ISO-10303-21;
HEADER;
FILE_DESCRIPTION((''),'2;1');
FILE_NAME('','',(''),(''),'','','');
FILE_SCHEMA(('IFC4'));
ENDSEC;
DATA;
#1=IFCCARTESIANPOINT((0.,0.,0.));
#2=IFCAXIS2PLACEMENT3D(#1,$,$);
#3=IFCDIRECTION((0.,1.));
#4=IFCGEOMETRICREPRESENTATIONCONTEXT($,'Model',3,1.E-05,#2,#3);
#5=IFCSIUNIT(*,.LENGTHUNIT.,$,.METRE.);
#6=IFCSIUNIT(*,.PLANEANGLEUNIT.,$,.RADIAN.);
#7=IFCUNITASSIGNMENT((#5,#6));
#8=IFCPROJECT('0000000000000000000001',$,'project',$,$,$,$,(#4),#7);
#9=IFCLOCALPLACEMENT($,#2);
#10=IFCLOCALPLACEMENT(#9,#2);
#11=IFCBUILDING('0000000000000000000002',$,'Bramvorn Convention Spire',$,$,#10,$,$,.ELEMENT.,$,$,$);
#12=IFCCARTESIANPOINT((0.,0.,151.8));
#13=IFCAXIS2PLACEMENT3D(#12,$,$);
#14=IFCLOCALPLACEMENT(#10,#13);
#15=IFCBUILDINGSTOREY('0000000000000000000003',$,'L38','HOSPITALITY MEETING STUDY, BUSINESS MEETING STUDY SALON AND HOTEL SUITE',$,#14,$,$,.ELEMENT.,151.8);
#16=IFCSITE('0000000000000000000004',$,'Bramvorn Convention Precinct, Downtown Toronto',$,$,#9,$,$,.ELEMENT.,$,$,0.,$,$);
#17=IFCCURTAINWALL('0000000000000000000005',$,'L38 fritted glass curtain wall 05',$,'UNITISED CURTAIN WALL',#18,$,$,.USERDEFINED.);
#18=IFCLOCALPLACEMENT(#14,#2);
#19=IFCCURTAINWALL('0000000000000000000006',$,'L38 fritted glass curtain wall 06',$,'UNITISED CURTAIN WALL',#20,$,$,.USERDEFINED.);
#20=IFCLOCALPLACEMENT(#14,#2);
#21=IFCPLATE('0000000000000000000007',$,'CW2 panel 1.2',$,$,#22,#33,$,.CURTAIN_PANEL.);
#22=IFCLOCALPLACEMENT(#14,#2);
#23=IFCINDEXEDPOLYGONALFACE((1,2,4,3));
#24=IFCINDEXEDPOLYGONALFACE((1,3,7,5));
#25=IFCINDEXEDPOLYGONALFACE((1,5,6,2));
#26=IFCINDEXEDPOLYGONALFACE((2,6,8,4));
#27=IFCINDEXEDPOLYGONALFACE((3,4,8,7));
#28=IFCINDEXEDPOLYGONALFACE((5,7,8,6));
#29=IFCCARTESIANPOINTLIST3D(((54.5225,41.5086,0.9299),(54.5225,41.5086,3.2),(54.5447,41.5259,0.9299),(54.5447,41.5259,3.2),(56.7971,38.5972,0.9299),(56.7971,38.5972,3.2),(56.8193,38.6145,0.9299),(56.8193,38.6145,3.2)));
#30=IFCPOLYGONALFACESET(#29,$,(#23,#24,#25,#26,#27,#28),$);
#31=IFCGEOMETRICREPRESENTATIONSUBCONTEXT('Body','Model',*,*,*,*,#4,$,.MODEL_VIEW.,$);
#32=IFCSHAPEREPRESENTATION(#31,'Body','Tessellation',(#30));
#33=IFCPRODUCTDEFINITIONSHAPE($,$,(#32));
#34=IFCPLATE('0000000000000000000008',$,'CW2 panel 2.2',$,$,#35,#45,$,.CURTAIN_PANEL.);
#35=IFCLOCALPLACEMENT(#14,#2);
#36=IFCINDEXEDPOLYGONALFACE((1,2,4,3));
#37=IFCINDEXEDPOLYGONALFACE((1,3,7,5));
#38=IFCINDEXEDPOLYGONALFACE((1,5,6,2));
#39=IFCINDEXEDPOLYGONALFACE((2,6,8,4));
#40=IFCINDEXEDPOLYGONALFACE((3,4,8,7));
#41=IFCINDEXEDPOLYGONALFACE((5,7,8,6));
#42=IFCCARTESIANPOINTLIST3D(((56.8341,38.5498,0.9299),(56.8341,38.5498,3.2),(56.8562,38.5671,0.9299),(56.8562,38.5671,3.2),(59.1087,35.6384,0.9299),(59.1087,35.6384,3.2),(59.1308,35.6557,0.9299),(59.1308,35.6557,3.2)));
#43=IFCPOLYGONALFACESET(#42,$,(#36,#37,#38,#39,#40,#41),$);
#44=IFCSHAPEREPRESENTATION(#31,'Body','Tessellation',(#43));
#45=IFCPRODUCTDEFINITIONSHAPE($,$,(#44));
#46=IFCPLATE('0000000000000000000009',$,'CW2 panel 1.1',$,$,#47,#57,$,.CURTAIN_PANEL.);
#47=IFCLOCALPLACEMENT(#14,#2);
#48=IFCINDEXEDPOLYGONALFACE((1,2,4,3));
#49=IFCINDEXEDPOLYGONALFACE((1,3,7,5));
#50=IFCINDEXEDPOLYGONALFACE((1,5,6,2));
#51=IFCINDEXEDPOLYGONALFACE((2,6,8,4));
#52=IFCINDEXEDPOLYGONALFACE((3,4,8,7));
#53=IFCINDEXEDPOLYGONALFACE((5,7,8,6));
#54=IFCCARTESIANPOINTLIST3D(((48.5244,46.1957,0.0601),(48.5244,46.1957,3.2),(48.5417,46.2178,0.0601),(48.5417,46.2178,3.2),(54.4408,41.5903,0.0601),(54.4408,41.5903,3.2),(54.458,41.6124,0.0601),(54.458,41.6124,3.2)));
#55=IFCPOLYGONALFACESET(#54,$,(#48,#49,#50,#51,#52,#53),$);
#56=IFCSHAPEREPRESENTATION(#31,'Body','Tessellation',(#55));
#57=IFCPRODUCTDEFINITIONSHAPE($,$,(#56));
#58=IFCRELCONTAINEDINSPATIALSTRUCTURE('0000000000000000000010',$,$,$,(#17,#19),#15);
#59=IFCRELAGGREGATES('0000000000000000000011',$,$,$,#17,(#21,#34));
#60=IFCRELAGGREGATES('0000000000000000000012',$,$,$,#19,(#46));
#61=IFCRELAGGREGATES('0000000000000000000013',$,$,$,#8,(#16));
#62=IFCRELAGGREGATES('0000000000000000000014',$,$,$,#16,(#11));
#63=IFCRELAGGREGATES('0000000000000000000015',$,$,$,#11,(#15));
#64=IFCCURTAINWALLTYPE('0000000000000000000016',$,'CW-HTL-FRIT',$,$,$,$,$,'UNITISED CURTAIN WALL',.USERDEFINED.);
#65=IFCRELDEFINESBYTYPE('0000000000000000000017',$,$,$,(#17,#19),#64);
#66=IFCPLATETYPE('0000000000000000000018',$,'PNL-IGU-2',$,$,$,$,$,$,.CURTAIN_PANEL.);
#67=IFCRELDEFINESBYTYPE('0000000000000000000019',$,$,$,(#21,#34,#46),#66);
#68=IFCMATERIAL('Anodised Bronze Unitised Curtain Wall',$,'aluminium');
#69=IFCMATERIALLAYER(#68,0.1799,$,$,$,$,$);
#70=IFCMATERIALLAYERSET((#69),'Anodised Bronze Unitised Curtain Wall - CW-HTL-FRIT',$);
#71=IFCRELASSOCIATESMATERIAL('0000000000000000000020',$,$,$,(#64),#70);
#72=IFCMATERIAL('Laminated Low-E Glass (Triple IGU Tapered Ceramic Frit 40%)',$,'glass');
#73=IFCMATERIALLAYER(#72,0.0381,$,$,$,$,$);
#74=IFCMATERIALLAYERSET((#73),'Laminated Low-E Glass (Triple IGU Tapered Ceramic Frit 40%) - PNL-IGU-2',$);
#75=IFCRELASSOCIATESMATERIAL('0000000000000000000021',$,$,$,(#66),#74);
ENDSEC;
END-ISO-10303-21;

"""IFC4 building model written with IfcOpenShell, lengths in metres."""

from ifc_helpers import new_model, si_unit, direction, frame, origin, origin_2d, place, context, subcontext, project, spatial, rectangle, extrude, material, layer, layer_set, type_object, element, aggregate, save


model = new_model("IFC4")

# Units and contexts
model_context = context("Model", 3, precision=1e-05, world=origin(), true_north=direction((0.0, 1.0)))
body_context = subcontext(model_context, "Body", "Model", "MODEL_VIEW")
ifc_project = project(units=[si_unit("LENGTHUNIT", "METRE"), si_unit("PLANEANGLEUNIT", "RADIAN")], contexts=[model_context])

# Site, building, storey
site_placement = place(None, origin())
site = spatial("IfcSite", under=ifc_project, at=site_placement, Name="Bramvorn Convention Precinct, Downtown Toronto", CompositionType="ELEMENT", RefElevation=0.0)
building_placement = place(site_placement, origin())
building = spatial("IfcBuilding", under=site, at=building_placement, Name="Bramvorn Convention Spire", CompositionType="ELEMENT")
storey_placement = place(building_placement, frame((0.0, 0.0, 151.8)))
storey = spatial("IfcBuildingStorey", under=building, at=storey_placement, Name="L38", Description="HOSPITALITY MEETING STUDY, BUSINESS MEETING STUDY SALON AND HOTEL SUITE", CompositionType="ELEMENT", Elevation=151.8)

# Curtain walls
ifc_material_1 = material(Name="Anodised Bronze Unitised Curtain Wall", Category="aluminium")
ifc_layer_1 = layer(ifc_material_1, 0.1799)
ifc_layer_set_1 = layer_set([ifc_layer_1], Name="Anodised Bronze Unitised Curtain Wall - CW-HTL-FRIT")
curtain_wall_type = type_object("IfcCurtainWallType", Name="CW-HTL-FRIT", ElementType="UNITISED CURTAIN WALL", PredefinedType="USERDEFINED", material=ifc_layer_set_1)
curtain_wall_1_placement = place(storey_placement, origin())
curtain_wall_1 = element("IfcCurtainWall", 1, at=curtain_wall_1_placement, inside=storey, type_object=curtain_wall_type, Name="L38 fritted glass curtain wall 05", ObjectType="UNITISED CURTAIN WALL", PredefinedType="USERDEFINED")
curtain_wall_2_placement = place(storey_placement, origin())
curtain_wall_2 = element("IfcCurtainWall", 2, at=curtain_wall_2_placement, inside=storey, type_object=curtain_wall_type, Name="L38 fritted glass curtain wall 06", ObjectType="UNITISED CURTAIN WALL", PredefinedType="USERDEFINED")

# Plates
ifc_material_2 = material(Name="Laminated Low-E Glass (Triple IGU Tapered Ceramic Frit 40%)", Category="glass")
ifc_layer_2 = layer(ifc_material_2, 0.0381)
ifc_layer_set_2 = layer_set([ifc_layer_2], Name="Laminated Low-E Glass (Triple IGU Tapered Ceramic Frit 40%) - PNL-IGU-2")
plate_type = type_object("IfcPlateType", Name="PNL-IGU-2", PredefinedType="CURTAIN_PANEL", material=ifc_layer_set_2)
plate_1_placement = place(storey_placement, frame((55.6709, 40.0615, 0.9299), z_axis=(0.0, 0.0, 1.0), x_axis=(0.615657, -0.788014, 0.0)))
plate_1 = element("IfcPlate", 3, at=plate_1_placement, type_object=plate_type, Name="CW2 panel 1.2", PredefinedType="CURTAIN_PANEL", context=body_context, shape_type="SweptSolid", body=[
    extrude(rectangle(XDim=3.6946, YDim=0.0281, at=origin_2d()), origin(), (0.0, 0.0, 1.0), 2.27),
])
plate_2_placement = place(storey_placement, frame((57.9824, 37.1028, 0.9299), z_axis=(0.0, 0.0, 1.0), x_axis=(0.615657, -0.788014, 0.0)))
plate_2 = element("IfcPlate", 4, at=plate_2_placement, type_object=plate_type, Name="CW2 panel 2.2", PredefinedType="CURTAIN_PANEL", context=body_context, shape_type="SweptSolid", body=[
    extrude(rectangle(XDim=3.6946, YDim=0.0281, at=origin_2d()), origin(), (0.0, 0.0, 1.0), 2.27),
])
aggregate(curtain_wall_1, [plate_1, plate_2])
plate_3_placement = place(storey_placement, frame((51.4912, 43.9041, 0.0601), z_axis=(0.0, 0.0, 1.0), x_axis=(0.789105, -0.614258, 0.0)))
plate_3 = element("IfcPlate", 5, at=plate_3_placement, type_object=plate_type, Name="CW2 panel 1.1", PredefinedType="CURTAIN_PANEL", context=body_context, shape_type="SweptSolid", body=[
    extrude(rectangle(XDim=7.4976, YDim=0.0281, at=origin_2d()), origin(), (0.0, 0.0, 1.0), 3.1399),
])
aggregate(curtain_wall_2, [plate_3])

save(model, "model.ifc")
